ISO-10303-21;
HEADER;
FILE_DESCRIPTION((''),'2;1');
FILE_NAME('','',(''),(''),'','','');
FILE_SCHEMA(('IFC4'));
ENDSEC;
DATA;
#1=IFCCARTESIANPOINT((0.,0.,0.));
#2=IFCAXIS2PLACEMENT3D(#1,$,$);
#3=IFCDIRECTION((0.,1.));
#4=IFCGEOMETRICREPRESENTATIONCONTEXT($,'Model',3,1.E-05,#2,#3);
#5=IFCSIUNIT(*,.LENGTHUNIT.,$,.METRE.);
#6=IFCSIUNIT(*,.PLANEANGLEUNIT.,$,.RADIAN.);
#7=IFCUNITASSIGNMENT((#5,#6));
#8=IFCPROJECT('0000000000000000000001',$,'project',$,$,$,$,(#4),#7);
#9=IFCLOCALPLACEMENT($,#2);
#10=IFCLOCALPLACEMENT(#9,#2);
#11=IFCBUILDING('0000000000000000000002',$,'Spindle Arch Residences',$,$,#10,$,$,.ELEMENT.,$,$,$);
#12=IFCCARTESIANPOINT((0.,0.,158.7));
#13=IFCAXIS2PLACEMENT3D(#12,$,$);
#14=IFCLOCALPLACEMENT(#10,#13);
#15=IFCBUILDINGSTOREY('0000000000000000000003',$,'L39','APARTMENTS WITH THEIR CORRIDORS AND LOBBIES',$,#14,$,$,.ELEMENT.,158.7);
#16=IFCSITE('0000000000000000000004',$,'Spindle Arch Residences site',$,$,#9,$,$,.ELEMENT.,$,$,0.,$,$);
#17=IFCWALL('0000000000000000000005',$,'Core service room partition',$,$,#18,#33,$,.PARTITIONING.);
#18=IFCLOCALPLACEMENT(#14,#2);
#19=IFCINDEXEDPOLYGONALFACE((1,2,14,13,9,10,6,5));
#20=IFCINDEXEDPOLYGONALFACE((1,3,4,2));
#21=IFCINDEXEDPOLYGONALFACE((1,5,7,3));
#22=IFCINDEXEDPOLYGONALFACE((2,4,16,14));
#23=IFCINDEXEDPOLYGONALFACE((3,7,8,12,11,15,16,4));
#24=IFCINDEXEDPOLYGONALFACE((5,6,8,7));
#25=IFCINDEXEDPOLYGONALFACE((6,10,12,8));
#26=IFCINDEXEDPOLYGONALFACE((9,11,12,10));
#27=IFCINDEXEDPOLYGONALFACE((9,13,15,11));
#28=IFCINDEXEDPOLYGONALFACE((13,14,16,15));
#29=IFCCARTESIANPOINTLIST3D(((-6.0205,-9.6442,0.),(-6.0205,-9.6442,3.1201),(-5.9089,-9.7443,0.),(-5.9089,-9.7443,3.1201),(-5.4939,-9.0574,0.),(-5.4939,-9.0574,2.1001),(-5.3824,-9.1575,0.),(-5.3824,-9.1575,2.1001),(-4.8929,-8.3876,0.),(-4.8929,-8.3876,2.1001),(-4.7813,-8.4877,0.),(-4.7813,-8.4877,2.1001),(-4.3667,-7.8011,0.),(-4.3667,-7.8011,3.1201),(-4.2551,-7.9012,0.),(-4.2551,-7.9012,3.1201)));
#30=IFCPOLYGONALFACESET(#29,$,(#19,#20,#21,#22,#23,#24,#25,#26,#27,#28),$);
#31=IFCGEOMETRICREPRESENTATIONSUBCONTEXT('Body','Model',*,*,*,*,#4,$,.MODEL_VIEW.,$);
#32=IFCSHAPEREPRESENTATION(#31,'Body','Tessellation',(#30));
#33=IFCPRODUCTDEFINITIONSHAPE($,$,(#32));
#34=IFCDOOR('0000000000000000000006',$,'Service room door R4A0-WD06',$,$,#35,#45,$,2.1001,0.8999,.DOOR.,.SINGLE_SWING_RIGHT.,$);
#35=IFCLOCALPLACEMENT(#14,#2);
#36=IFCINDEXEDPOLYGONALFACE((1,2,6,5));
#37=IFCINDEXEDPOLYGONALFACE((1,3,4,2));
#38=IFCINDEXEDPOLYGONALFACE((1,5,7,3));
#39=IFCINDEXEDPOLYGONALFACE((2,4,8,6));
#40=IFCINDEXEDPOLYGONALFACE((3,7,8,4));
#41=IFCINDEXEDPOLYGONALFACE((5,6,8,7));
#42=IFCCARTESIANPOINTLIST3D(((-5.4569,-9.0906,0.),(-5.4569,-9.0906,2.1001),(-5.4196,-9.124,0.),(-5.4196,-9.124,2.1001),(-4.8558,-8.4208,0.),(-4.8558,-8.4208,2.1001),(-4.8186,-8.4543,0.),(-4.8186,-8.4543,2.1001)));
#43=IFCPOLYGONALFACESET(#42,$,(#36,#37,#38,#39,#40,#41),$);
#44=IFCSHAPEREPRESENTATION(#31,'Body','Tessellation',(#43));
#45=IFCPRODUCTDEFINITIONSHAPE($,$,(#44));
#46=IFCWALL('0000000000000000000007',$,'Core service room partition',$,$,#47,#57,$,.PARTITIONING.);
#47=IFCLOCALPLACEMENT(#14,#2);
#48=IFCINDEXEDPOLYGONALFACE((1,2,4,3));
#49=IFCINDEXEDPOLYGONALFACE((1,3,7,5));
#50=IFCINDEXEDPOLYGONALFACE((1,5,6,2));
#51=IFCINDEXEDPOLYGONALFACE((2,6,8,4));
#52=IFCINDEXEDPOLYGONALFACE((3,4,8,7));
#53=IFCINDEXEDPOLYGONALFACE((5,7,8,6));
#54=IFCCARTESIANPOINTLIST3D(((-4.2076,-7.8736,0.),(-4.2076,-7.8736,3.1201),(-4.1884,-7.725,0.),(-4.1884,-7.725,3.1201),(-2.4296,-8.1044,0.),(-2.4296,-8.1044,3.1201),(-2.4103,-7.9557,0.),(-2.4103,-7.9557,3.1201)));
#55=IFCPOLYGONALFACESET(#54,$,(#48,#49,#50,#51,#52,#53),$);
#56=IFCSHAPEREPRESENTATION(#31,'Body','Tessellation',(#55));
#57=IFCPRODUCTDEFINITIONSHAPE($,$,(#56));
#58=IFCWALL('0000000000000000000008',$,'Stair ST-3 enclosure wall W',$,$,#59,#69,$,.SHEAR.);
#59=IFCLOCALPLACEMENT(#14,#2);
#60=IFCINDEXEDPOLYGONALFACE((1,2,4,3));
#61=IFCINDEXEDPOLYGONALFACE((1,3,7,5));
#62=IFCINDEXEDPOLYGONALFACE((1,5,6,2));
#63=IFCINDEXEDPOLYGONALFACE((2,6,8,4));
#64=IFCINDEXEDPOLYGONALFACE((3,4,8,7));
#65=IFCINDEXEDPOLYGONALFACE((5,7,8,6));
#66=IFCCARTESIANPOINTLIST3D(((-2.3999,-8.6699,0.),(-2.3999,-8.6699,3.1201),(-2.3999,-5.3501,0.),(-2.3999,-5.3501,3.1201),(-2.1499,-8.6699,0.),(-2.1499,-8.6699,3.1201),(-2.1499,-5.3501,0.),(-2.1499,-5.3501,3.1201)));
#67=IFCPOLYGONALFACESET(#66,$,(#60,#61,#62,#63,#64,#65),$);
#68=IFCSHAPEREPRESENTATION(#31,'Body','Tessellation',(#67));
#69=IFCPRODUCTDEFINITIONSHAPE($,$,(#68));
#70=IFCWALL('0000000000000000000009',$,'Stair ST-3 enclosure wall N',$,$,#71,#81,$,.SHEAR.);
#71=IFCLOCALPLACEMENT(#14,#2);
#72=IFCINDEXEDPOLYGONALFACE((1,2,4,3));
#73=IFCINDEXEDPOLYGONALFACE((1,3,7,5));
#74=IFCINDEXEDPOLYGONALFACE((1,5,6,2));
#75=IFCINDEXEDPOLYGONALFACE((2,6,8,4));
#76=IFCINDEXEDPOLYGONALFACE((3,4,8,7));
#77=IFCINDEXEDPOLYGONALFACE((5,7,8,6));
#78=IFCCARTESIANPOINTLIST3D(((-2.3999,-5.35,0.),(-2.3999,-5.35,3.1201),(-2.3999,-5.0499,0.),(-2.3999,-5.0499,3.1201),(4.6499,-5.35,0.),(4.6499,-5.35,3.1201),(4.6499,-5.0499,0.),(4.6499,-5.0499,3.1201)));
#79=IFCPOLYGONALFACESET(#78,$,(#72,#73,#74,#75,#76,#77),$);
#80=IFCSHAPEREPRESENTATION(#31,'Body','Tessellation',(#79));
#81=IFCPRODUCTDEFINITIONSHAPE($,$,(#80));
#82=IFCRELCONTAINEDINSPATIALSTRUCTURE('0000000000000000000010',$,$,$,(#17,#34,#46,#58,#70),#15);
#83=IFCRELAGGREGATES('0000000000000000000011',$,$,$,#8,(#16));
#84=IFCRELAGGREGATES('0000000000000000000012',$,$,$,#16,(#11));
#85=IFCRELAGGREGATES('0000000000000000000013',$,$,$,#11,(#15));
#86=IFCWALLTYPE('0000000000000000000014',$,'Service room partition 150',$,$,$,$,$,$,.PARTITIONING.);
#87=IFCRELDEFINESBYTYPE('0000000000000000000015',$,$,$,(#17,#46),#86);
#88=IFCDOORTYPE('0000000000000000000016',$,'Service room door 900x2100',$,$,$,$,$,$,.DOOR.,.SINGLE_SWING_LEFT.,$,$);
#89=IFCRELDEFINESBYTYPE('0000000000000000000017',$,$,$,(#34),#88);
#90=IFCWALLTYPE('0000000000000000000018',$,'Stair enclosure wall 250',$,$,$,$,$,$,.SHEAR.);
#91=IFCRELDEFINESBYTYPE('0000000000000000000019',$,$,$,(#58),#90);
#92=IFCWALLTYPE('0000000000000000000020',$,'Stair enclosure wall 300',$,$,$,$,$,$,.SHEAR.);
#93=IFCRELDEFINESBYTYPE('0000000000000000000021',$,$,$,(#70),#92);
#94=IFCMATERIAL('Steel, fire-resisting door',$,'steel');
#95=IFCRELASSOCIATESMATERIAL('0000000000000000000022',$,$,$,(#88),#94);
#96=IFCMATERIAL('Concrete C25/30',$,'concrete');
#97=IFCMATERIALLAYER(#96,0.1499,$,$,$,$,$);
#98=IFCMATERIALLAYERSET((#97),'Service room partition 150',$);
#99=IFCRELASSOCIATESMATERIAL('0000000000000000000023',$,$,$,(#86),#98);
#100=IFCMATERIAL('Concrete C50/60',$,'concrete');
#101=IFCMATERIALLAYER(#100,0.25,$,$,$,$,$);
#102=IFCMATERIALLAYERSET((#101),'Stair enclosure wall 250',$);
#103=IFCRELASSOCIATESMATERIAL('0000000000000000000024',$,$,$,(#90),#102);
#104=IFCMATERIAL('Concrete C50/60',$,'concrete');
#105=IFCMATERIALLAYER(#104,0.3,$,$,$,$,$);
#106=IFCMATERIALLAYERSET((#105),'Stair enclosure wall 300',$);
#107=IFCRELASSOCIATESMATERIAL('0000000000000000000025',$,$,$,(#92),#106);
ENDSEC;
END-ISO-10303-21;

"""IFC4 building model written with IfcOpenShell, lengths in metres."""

from ifc_helpers import new_model, si_unit, direction, frame, frame_2d, origin, place, context, subcontext, project, spatial, rectangle, extrude, material, layer, layer_set, type_object, element, fill, save


model = new_model("IFC4")

# Units and contexts
model_context = context("Model", 3, precision=1e-05, world=origin(), true_north=direction((0.0, 1.0)))
body_context = subcontext(model_context, "Body", "Model", "MODEL_VIEW")
ifc_project = project(units=[si_unit("LENGTHUNIT", "METRE"), si_unit("PLANEANGLEUNIT", "RADIAN")], contexts=[model_context])

# Site, building, storey
site_placement = place(None, origin())
site = spatial("IfcSite", under=ifc_project, at=site_placement, Name="Spindle Arch Residences site", CompositionType="ELEMENT", RefElevation=0.0)
building_placement = place(site_placement, origin())
building = spatial("IfcBuilding", under=site, at=building_placement, Name="Spindle Arch Residences", CompositionType="ELEMENT")
storey_placement = place(building_placement, frame((0.0, 0.0, 158.7)))
storey = spatial("IfcBuildingStorey", under=building, at=storey_placement, Name="L39", Description="APARTMENTS WITH THEIR CORRIDORS AND LOBBIES", CompositionType="ELEMENT", Elevation=158.7)

# Shared definitions
ifc_material_1 = material(Name="Steel, fire-resisting door", Category="steel")
door_type_1 = type_object("IfcDoorType", Name="Service room door 900x2100", OperationType="SINGLE_SWING_LEFT", PredefinedType="DOOR", material=ifc_material_1)

# Wall, opening, door
ifc_material_2 = material(Name="Concrete C25/30", Category="concrete")
ifc_layer_1 = layer(ifc_material_2, 0.1499)
ifc_layer_set_1 = layer_set([ifc_layer_1], Name="Service room partition 150")
wall_type_1 = type_object("IfcWallType", Name="Service room partition 150", PredefinedType="PARTITIONING", material=ifc_layer_set_1)
wall_1_placement = place(storey_placement, frame((-4.3108, -7.8511, 0.0), z_axis=(0.0, 0.0, 1.0), x_axis=(-0.667869, -0.744279, 0.0)))
wall_1 = element("IfcWall", 1, at=wall_1_placement, inside=storey, type_object=wall_type_1, Name="Core service room partition", PredefinedType="PARTITIONING", context=body_context, shape_type="SweptSolid", body=[
    extrude(rectangle(XDim=2.4763, YDim=0.1499, at=frame_2d((1.2383, 0.0))), origin(), (0.0, 0.0, 1.0), 3.1201),
])
opening_1_placement = place(wall_1_placement, frame((0.7881, 0.0, 0.0)))
opening_1 = element("IfcOpeningElement", 2, at=opening_1_placement, cuts=wall_1, PredefinedType="OPENING", context=body_context, shape_type="SweptSolid", body=[
    extrude(rectangle(XDim=0.8999, YDim=2.1001, at=frame_2d((0.45, 1.05))), frame((0.0, 0.085, 0.0), z_axis=(0.0, -1.0, 0.0), x_axis=(1.0, 0.0, 0.0)), (0.0, 0.0, 1.0), 0.1699),
])
door_1_placement = place(opening_1_placement, origin())
door_1 = element("IfcDoor", 3, at=door_1_placement, inside=storey, type_object=door_type_1, Name="Service room door R4A0-WD06", OperationType="SINGLE_SWING_RIGHT", OverallHeight=2.1001, OverallWidth=0.8999, PredefinedType="DOOR", context=body_context, shape_type="SweptSolid", body=[
    extrude(rectangle(XDim=0.8999, YDim=2.1001, at=frame_2d((0.45, 1.05))), frame((0.0, 0.0249, 0.0), z_axis=(0.0, -1.0, 0.0), x_axis=(1.0, 0.0, 0.0)), (0.0, 0.0, 1.0), 0.05),
])
fill(opening_1, door_1)

# Walls
wall_2_placement = place(storey_placement, frame((-4.198, -7.7993, 0.0), z_axis=(0.0, 0.0, 1.0), x_axis=(0.991687, -0.128676, 0.0)))
element("IfcWall", 4, at=wall_2_placement, inside=storey, type_object=wall_type_1, Name="Core service room partition", PredefinedType="PARTITIONING", context=body_context, shape_type="SweptSolid", body=[
    extrude(rectangle(XDim=1.793, YDim=0.1499, at=frame_2d((0.8965, 0.0))), origin(), (0.0, 0.0, 1.0), 3.1201),
])
ifc_material_3 = material(Name="Concrete C50/60", Category="concrete")
ifc_layer_2 = layer(ifc_material_3, 0.25)
ifc_layer_set_2 = layer_set([ifc_layer_2], Name="Stair enclosure wall 250")
wall_type_2 = type_object("IfcWallType", Name="Stair enclosure wall 250", PredefinedType="SHEAR", material=ifc_layer_set_2)
wall_3_placement = place(storey_placement, frame((-2.2749, -8.6699, 0.0), z_axis=(0.0, 0.0, 1.0), x_axis=(0.0, 1.0, 0.0)))
element("IfcWall", 5, at=wall_3_placement, inside=storey, type_object=wall_type_2, Name="Stair ST-3 enclosure wall W", PredefinedType="SHEAR", context=body_context, shape_type="SweptSolid", body=[
    extrude(rectangle(XDim=3.3198, YDim=0.25, at=frame_2d((1.6599, 0.0))), origin(), (0.0, 0.0, 1.0), 3.1201),
])
ifc_material_4 = material(Name="Concrete C50/60", Category="concrete")
ifc_layer_3 = layer(ifc_material_4, 0.3)
ifc_layer_set_3 = layer_set([ifc_layer_3], Name="Stair enclosure wall 300")
wall_type_3 = type_object("IfcWallType", Name="Stair enclosure wall 300", PredefinedType="SHEAR", material=ifc_layer_set_3)
wall_4_placement = place(storey_placement, frame((-2.3999, -5.2, 0.0), z_axis=(0.0, 0.0, 1.0), x_axis=(1.0, 0.0, 0.0)))
element("IfcWall", 6, at=wall_4_placement, inside=storey, type_object=wall_type_3, Name="Stair ST-3 enclosure wall N", PredefinedType="SHEAR", context=body_context, shape_type="SweptSolid", body=[
    extrude(rectangle(XDim=7.0498, YDim=0.3, at=frame_2d((3.5249, 0.0))), origin(), (0.0, 0.0, 1.0), 3.1201),
])

save(model, "model.ifc")
